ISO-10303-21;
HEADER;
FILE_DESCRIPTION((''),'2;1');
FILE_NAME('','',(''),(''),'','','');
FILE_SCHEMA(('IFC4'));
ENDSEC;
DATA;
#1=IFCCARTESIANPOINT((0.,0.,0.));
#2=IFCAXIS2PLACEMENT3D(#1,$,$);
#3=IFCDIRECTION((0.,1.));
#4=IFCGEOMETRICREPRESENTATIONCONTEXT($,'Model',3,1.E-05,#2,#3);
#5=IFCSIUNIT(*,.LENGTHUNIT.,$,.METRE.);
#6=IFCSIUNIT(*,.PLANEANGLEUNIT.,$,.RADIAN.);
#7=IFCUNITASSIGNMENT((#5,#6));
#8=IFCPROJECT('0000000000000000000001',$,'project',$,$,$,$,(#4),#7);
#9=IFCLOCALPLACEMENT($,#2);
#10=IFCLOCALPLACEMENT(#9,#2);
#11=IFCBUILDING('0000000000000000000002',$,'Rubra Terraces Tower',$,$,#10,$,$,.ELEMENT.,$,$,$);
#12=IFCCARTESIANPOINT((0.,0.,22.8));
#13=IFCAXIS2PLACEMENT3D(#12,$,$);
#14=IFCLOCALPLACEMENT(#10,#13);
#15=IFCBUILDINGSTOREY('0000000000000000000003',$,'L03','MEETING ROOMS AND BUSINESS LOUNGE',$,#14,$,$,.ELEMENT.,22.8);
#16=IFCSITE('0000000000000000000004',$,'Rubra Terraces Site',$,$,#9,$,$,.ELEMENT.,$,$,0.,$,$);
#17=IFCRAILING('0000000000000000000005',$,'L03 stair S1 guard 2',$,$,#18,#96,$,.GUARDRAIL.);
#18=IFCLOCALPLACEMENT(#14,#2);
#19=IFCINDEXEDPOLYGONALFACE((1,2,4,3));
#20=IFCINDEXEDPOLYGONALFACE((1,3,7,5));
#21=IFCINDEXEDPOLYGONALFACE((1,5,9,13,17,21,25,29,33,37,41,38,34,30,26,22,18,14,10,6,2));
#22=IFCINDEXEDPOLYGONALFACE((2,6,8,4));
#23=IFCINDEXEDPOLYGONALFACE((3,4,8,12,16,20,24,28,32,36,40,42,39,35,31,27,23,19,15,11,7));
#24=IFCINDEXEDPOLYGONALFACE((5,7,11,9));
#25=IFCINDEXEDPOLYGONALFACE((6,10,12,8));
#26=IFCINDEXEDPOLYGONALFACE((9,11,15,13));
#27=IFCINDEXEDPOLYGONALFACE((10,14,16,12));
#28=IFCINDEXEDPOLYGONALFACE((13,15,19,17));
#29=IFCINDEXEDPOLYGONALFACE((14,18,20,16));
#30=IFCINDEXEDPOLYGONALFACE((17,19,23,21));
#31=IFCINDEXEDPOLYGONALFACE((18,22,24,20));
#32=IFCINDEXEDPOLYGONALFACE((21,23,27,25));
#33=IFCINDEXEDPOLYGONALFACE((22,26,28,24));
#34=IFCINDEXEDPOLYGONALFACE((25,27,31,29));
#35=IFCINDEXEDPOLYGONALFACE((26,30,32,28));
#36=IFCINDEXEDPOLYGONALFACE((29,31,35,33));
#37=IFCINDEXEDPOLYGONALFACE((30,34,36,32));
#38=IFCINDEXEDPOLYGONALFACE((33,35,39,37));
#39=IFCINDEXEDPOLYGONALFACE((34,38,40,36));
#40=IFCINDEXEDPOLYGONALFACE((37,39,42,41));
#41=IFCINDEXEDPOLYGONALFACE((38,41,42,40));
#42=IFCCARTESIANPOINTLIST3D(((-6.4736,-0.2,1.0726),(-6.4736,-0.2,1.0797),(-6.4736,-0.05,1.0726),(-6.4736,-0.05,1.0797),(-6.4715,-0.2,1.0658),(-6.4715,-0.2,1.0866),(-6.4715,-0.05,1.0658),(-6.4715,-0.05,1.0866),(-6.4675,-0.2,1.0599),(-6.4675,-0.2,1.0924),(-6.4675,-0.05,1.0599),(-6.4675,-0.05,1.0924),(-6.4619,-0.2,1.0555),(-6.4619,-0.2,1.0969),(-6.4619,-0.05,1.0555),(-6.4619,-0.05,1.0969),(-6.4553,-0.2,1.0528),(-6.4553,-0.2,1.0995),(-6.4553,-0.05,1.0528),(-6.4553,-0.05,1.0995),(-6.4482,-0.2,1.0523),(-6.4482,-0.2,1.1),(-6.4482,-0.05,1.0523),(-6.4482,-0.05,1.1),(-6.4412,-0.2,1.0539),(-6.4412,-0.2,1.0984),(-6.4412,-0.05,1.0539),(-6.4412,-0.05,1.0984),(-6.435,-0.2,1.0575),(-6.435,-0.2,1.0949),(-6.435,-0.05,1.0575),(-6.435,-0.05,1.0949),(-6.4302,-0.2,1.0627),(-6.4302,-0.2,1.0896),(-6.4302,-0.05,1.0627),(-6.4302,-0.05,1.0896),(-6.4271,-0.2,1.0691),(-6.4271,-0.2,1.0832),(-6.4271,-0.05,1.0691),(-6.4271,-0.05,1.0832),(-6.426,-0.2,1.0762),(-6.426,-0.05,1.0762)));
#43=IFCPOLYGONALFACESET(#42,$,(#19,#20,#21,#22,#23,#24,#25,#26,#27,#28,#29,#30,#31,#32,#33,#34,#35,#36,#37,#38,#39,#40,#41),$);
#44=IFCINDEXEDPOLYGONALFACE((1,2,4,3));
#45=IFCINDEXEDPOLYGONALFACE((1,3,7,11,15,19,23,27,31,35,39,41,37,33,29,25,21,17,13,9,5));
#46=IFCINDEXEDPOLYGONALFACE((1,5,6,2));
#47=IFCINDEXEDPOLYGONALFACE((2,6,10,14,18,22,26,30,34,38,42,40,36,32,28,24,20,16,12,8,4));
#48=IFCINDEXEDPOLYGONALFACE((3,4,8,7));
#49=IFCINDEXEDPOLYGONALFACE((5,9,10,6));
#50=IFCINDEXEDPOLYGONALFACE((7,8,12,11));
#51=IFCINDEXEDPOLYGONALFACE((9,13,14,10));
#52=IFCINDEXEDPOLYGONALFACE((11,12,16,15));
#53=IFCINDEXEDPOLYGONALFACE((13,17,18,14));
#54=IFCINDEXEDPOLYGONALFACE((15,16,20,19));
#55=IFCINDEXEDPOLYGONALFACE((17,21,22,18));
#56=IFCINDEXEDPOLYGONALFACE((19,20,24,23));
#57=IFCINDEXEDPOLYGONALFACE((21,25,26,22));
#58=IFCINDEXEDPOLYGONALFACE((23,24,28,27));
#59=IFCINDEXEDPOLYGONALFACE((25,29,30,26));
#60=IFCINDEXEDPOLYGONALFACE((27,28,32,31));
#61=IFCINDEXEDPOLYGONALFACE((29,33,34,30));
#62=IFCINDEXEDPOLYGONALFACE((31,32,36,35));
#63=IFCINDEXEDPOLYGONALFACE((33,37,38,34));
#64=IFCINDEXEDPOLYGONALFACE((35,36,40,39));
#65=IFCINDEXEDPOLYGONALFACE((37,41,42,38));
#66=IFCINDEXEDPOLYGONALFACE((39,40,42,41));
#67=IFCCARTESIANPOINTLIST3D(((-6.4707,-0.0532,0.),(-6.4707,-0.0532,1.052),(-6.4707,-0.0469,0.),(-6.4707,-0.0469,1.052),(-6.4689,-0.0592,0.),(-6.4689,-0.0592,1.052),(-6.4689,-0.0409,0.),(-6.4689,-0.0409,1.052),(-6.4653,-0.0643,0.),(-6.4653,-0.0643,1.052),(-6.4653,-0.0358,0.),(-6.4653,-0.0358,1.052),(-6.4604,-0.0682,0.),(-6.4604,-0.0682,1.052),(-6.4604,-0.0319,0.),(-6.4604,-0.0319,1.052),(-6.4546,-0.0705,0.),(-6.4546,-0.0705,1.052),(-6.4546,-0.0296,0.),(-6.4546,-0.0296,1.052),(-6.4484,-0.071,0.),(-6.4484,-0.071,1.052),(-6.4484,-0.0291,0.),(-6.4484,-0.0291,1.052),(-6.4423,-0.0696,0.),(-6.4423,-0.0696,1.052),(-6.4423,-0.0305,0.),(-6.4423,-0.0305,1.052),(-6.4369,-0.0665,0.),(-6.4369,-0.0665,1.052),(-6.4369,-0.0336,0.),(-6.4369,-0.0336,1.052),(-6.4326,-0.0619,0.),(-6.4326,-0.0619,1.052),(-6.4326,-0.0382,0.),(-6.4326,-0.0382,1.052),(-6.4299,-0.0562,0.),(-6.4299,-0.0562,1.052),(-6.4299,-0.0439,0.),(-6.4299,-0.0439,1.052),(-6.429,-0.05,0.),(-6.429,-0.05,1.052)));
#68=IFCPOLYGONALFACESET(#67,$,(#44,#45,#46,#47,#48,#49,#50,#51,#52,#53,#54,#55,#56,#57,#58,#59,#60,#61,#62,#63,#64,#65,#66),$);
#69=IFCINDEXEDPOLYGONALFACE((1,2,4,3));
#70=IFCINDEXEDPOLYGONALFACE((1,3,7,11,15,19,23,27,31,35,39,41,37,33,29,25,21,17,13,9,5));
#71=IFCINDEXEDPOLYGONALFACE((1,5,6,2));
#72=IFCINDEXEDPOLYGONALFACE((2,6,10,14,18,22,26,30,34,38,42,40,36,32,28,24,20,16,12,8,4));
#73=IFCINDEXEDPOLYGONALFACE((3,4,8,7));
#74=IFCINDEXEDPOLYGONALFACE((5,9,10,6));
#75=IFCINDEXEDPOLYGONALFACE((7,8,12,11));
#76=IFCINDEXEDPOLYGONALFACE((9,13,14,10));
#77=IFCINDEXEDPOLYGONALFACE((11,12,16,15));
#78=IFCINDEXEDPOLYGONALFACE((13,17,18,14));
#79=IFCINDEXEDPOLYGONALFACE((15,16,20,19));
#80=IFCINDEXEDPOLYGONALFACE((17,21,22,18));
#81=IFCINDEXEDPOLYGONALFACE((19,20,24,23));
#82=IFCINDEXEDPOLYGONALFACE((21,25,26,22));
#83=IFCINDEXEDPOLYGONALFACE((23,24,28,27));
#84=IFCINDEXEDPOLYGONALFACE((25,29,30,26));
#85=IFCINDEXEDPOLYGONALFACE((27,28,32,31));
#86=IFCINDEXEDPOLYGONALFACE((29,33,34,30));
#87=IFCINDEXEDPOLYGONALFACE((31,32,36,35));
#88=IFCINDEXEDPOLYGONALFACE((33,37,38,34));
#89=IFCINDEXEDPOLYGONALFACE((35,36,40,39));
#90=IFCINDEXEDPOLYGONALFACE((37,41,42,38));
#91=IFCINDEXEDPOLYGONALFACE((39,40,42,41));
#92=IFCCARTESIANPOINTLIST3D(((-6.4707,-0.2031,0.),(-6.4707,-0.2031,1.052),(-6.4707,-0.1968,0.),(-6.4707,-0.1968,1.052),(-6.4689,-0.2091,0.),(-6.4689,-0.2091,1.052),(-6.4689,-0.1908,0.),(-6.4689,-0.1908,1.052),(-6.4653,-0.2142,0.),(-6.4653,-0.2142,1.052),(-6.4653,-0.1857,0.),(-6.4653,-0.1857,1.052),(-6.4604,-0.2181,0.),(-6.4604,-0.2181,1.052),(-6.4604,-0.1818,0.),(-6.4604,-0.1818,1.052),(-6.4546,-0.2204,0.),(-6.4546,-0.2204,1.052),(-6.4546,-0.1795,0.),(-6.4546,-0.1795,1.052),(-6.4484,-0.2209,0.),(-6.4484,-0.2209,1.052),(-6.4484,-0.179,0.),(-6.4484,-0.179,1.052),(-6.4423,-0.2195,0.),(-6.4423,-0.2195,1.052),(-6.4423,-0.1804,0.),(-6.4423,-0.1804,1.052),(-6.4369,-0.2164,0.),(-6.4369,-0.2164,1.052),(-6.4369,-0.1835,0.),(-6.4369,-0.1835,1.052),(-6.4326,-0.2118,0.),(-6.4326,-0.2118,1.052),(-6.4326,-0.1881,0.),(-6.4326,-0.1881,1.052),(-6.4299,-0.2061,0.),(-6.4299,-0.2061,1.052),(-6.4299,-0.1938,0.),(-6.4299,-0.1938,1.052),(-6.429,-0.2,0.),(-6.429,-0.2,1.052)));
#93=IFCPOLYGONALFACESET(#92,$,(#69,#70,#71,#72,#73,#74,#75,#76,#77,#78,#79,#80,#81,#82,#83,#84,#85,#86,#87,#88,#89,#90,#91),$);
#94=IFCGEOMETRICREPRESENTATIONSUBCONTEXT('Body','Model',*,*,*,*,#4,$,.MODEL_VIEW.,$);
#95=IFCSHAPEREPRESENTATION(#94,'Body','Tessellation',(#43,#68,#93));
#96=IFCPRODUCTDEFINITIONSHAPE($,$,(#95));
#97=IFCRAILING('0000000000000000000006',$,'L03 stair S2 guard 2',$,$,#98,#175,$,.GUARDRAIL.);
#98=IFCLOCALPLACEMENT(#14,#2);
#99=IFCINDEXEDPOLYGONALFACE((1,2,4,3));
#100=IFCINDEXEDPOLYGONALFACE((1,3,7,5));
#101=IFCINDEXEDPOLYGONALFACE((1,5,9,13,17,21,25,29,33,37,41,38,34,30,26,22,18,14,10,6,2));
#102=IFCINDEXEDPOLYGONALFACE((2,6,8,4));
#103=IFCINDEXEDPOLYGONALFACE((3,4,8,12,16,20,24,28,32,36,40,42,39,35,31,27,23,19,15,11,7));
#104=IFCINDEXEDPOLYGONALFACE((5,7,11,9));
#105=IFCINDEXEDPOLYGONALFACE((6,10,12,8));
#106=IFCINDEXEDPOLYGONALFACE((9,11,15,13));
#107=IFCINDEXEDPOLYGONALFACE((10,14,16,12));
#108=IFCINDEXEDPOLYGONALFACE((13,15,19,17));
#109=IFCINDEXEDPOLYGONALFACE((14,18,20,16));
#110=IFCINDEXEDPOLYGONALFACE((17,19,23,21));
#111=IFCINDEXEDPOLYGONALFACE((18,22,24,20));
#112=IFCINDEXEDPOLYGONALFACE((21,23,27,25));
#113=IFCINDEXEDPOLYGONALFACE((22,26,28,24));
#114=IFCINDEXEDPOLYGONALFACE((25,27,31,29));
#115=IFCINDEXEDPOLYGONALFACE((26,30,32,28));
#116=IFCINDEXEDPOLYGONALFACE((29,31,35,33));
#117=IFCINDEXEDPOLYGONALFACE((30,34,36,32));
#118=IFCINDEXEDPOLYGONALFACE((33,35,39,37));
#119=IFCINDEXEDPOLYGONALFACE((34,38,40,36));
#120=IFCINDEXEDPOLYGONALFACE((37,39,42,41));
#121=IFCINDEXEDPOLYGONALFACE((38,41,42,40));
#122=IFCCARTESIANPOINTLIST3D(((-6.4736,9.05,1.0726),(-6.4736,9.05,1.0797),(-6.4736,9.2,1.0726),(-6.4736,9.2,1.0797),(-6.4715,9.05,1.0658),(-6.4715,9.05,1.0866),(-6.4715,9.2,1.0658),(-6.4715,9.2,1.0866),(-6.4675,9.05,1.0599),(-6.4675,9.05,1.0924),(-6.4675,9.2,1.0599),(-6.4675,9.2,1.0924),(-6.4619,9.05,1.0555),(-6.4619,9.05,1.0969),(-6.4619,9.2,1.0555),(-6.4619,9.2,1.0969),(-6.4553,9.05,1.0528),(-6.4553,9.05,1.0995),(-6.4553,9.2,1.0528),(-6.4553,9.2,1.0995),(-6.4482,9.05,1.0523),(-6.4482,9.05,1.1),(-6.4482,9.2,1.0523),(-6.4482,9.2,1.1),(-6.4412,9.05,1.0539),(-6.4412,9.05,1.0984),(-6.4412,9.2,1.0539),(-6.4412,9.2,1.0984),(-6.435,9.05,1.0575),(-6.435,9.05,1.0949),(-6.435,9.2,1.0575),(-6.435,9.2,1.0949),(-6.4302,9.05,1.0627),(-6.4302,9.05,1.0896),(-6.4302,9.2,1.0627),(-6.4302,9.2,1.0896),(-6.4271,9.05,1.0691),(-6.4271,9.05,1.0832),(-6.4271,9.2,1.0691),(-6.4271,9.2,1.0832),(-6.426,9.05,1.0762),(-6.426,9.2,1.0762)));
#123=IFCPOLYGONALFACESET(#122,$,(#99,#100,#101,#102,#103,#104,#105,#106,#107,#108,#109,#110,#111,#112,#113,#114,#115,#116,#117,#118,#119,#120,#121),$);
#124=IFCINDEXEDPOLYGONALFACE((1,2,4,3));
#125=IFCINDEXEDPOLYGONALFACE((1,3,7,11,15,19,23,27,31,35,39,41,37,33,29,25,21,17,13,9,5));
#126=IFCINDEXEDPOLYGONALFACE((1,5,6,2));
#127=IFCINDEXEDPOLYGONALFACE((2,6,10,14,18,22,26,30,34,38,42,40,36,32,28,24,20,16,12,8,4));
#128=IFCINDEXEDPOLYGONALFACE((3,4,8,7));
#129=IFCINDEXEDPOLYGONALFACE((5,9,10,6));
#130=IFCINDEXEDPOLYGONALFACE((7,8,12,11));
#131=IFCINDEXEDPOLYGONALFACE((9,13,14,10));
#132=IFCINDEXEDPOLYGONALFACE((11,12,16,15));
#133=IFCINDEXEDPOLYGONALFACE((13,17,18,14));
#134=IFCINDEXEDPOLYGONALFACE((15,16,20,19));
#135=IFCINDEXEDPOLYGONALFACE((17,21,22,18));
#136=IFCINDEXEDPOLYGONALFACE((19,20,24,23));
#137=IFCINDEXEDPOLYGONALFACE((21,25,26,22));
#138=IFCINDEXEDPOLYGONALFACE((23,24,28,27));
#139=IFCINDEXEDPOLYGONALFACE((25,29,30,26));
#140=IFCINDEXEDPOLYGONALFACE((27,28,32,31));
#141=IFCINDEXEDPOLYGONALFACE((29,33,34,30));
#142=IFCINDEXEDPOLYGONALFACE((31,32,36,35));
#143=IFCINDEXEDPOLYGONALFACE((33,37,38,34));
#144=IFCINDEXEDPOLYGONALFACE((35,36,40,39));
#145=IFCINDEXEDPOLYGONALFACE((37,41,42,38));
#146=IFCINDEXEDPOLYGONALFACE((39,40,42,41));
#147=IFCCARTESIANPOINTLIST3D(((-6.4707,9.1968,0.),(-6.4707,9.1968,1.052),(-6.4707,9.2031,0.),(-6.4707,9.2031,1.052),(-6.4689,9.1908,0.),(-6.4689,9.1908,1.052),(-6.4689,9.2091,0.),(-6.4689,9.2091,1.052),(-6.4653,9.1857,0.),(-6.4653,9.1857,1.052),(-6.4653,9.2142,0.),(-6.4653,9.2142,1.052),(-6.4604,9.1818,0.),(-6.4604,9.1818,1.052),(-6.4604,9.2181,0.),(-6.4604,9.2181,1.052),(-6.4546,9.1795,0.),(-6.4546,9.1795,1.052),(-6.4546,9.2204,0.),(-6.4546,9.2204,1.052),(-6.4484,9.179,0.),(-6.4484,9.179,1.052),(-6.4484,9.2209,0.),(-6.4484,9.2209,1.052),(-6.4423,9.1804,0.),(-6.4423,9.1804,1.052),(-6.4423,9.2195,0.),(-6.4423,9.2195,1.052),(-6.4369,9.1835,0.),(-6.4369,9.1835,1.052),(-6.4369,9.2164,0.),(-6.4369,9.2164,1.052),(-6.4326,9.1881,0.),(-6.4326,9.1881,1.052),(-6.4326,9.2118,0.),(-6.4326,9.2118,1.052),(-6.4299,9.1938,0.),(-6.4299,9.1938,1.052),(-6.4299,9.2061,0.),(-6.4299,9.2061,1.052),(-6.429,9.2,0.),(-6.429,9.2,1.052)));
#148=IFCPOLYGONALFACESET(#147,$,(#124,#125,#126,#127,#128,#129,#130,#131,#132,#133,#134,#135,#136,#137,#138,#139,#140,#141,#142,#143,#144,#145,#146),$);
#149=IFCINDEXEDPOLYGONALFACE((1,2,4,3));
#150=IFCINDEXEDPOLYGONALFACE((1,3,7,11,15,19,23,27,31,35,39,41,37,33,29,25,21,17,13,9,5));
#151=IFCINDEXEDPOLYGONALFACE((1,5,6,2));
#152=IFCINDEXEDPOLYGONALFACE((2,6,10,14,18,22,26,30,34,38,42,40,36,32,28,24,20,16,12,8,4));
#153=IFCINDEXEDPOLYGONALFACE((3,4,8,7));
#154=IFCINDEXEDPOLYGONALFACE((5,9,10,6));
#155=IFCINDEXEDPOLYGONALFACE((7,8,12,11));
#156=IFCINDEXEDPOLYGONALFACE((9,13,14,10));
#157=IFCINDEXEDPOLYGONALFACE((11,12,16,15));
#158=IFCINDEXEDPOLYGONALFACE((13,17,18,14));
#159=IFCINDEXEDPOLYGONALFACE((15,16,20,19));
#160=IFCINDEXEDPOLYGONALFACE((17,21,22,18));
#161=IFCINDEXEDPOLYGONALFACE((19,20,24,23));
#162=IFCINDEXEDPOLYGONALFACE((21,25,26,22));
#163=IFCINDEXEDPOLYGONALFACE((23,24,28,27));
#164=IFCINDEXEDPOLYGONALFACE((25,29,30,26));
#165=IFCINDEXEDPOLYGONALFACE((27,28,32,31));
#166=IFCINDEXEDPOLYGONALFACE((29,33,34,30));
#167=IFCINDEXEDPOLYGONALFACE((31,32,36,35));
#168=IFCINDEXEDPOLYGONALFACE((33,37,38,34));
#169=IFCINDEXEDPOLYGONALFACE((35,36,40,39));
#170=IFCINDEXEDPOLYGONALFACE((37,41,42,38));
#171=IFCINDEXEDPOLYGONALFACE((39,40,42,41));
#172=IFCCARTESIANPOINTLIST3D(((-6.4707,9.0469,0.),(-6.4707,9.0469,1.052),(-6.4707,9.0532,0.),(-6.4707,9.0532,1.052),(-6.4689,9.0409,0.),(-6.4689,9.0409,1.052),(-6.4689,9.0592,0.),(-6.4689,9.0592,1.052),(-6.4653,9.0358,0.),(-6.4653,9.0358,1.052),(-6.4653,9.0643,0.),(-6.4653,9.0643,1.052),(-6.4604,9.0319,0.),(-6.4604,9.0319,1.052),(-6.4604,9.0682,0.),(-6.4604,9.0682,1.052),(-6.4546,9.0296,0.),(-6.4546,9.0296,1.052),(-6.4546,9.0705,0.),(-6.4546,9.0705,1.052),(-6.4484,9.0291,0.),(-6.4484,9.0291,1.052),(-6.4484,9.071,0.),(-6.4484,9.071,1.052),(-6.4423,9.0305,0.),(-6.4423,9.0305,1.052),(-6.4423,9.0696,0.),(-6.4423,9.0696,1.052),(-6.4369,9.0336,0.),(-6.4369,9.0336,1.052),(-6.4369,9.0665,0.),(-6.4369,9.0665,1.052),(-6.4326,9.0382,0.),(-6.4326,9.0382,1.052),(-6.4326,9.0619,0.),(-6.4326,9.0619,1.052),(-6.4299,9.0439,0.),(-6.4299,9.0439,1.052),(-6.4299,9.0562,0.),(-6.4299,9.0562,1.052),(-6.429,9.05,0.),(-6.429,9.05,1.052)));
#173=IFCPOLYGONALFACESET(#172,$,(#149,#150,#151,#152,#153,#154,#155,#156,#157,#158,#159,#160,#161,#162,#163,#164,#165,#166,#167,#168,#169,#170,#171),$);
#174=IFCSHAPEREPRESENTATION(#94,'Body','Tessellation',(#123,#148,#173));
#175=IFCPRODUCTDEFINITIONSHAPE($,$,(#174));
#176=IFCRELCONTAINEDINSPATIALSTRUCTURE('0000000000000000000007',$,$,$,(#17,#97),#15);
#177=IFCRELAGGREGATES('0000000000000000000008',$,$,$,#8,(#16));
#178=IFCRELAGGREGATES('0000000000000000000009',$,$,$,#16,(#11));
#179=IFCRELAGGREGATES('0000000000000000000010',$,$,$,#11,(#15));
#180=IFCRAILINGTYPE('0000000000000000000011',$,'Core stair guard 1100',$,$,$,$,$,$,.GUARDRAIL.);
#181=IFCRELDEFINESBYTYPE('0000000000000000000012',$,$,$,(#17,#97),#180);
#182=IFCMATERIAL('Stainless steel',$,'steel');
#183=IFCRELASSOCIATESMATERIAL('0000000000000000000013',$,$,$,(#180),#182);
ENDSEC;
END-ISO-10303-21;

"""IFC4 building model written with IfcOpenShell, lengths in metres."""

from ifc_helpers import new_model, si_unit, direction, frame, origin, origin_2d, place, context, subcontext, project, spatial, circle, extrude, material, type_object, element, save


model = new_model("IFC4")

# Units and contexts
model_context = context("Model", 3, precision=1e-05, world=origin(), true_north=direction((0.0, 1.0)))
body_context = subcontext(model_context, "Body", "Model", "MODEL_VIEW")
ifc_project = project(units=[si_unit("LENGTHUNIT", "METRE"), si_unit("PLANEANGLEUNIT", "RADIAN")], contexts=[model_context])

# Site, building, storey
site_placement = place(None, origin())
site = spatial("IfcSite", under=ifc_project, at=site_placement, Name="Rubra Terraces Site", CompositionType="ELEMENT", RefElevation=0.0)
building_placement = place(site_placement, origin())
building = spatial("IfcBuilding", under=site, at=building_placement, Name="Rubra Terraces Tower", CompositionType="ELEMENT")
storey_placement = place(building_placement, frame((0.0, 0.0, 22.8)))
storey = spatial("IfcBuildingStorey", under=building, at=storey_placement, Name="L03", Description="MEETING ROOMS AND BUSINESS LOUNGE", CompositionType="ELEMENT", Elevation=22.8)

# Shared definitions
ifc_material_1 = material(Name="Stainless steel", Category="steel")

# Railings
railing_type_1 = type_object("IfcRailingType", Name="Core stair guard 1100", PredefinedType="GUARDRAIL", material=ifc_material_1)
railing_1_placement = place(storey_placement, frame((-6.45, -0.05, 0.0)))
element("IfcRailing", 1, at=railing_1_placement, inside=storey, type_object=railing_type_1, Name="L03 stair S1 guard 2", PredefinedType="GUARDRAIL", context=body_context, shape_type="SweptSolid", body=[
    extrude(circle(Radius=0.0239, at=origin_2d()), frame((0.0, 0.0, 1.0762), z_axis=(0.0, -1.0, 0.0), x_axis=(1.0, 0.0, 0.0)), (0.0, 0.0, 1.0), 0.1499),
    extrude(circle(Radius=0.021, at=origin_2d()), origin(), (0.0, 0.0, 1.0), 1.052),
    extrude(circle(Radius=0.021, at=origin_2d()), frame((0.0, -0.1499, 0.0)), (0.0, 0.0, 1.0), 1.052),
])
railing_2_placement = place(storey_placement, frame((-6.45, 9.2, 0.0)))
element("IfcRailing", 2, at=railing_2_placement, inside=storey, type_object=railing_type_1, Name="L03 stair S2 guard 2", PredefinedType="GUARDRAIL", context=body_context, shape_type="SweptSolid", body=[
    extrude(circle(Radius=0.0239, at=origin_2d()), frame((0.0, 0.0, 1.0762), z_axis=(0.0, -1.0, 0.0), x_axis=(1.0, 0.0, 0.0)), (0.0, 0.0, 1.0), 0.1499),
    extrude(circle(Radius=0.021, at=origin_2d()), origin(), (0.0, 0.0, 1.0), 1.052),
    extrude(circle(Radius=0.021, at=origin_2d()), frame((0.0, -0.1499, 0.0)), (0.0, 0.0, 1.0), 1.052),
])

save(model, "model.ifc")
